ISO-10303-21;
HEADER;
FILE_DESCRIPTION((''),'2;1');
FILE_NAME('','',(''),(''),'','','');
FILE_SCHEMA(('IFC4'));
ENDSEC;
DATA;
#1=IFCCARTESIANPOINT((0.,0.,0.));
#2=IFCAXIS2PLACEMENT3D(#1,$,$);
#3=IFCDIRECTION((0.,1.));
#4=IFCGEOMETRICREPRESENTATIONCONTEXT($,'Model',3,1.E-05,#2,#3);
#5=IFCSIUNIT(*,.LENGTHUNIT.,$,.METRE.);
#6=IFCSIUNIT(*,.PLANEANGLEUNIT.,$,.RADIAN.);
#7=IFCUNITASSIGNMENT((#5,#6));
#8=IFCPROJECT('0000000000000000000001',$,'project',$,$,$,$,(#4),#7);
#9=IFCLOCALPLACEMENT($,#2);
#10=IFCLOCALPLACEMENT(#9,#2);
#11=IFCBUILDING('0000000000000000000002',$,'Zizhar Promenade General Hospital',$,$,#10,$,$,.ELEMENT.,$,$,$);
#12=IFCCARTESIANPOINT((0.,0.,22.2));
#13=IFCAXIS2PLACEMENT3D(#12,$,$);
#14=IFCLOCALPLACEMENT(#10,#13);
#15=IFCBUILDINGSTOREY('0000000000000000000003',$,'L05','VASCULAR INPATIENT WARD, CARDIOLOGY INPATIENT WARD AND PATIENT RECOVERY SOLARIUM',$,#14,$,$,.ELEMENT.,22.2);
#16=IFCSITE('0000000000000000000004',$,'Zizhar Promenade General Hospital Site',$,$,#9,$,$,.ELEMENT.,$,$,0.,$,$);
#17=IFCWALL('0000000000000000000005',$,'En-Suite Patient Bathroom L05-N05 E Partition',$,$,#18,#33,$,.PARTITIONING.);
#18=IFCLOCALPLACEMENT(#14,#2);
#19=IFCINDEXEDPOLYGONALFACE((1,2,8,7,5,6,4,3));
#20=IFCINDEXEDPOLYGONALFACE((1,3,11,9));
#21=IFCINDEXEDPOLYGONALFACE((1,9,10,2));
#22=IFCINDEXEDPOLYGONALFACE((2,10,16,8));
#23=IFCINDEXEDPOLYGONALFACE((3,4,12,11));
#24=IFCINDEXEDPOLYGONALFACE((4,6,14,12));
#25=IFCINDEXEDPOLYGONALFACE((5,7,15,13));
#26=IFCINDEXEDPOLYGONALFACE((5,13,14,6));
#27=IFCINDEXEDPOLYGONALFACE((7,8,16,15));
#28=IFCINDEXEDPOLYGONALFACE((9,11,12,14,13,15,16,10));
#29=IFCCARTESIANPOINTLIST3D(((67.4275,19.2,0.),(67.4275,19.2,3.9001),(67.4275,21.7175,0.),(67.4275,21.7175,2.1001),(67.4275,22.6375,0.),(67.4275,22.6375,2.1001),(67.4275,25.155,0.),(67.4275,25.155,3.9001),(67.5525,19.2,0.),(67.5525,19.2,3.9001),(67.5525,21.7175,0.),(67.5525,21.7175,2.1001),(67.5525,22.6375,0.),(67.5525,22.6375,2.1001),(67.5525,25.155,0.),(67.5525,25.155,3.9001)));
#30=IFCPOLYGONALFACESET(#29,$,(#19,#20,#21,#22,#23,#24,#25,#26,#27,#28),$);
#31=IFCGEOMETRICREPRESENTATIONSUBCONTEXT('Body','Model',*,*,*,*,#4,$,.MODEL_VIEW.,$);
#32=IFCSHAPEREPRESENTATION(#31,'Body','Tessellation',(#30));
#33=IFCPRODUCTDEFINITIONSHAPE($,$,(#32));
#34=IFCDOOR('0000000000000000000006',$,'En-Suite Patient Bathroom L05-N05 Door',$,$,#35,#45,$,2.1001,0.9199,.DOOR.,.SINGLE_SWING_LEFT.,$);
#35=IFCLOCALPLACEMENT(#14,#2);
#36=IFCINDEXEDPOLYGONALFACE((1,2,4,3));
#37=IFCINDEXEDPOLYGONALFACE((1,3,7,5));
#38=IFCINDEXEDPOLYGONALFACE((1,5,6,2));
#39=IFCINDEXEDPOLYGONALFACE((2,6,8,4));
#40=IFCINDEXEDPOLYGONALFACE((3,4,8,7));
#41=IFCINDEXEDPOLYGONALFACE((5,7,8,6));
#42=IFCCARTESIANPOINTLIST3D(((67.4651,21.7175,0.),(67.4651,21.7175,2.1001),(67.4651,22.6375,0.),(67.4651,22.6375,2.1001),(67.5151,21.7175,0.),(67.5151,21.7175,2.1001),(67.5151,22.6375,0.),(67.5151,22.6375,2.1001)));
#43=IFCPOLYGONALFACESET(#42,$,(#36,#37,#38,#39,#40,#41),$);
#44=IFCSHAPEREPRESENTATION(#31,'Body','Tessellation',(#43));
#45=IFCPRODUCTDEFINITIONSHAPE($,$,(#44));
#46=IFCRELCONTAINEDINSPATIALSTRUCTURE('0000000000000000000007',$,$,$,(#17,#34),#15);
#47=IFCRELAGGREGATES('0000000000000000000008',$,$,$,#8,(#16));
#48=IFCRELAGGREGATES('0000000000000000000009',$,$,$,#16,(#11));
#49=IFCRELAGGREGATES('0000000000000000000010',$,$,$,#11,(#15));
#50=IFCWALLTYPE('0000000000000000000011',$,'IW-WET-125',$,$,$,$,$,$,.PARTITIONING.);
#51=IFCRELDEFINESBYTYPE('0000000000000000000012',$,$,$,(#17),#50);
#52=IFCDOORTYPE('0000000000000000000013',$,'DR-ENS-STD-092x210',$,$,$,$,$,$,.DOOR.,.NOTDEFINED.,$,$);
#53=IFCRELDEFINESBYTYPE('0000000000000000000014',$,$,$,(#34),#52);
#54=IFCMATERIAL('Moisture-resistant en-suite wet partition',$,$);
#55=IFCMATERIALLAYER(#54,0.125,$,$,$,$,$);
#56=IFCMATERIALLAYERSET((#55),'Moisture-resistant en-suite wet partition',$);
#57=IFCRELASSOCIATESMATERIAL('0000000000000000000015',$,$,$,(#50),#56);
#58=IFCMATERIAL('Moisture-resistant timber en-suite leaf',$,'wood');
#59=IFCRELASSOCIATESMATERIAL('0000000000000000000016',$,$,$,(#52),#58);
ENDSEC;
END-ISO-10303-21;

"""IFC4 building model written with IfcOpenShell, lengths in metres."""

from ifc_helpers import new_model, si_unit, direction, frame, frame_2d, origin, place, context, subcontext, project, spatial, rectangle, extrude, material, layer, layer_set, type_object, element, fill, save


model = new_model("IFC4")

# Units and contexts
model_context = context("Model", 3, precision=1e-05, world=origin(), true_north=direction((0.0, 1.0)))
body_context = subcontext(model_context, "Body", "Model", "MODEL_VIEW")
ifc_project = project(units=[si_unit("LENGTHUNIT", "METRE"), si_unit("PLANEANGLEUNIT", "RADIAN")], contexts=[model_context])

# Site, building, storey
site_placement = place(None, origin())
site = spatial("IfcSite", under=ifc_project, at=site_placement, Name="Zizhar Promenade General Hospital Site", CompositionType="ELEMENT", RefElevation=0.0)
building_placement = place(site_placement, origin())
building = spatial("IfcBuilding", under=site, at=building_placement, Name="Zizhar Promenade General Hospital", CompositionType="ELEMENT")
storey_placement = place(building_placement, frame((0.0, 0.0, 22.2)))
storey = spatial("IfcBuildingStorey", under=building, at=storey_placement, Name="L05", Description="VASCULAR INPATIENT WARD, CARDIOLOGY INPATIENT WARD AND PATIENT RECOVERY SOLARIUM", CompositionType="ELEMENT", Elevation=22.2)

# Wall, opening, door
ifc_material_1 = material(Name="Moisture-resistant en-suite wet partition")
ifc_layer_1 = layer(ifc_material_1, 0.125)
ifc_layer_set_1 = layer_set([ifc_layer_1], Name="Moisture-resistant en-suite wet partition")
wall_type_1 = type_object("IfcWallType", Name="IW-WET-125", PredefinedType="PARTITIONING", material=ifc_layer_set_1)
wall_1_placement = place(storey_placement, frame((67.49, 19.2, 0.0), z_axis=(0.0, 0.0, 1.0), x_axis=(0.0, 1.0, 0.0)))
wall_1 = element("IfcWall", 1, at=wall_1_placement, inside=storey, type_object=wall_type_1, Name="En-Suite Patient Bathroom L05-N05 E Partition", PredefinedType="PARTITIONING", context=body_context, shape_type="SweptSolid", body=[
    extrude(rectangle(XDim=5.9551, YDim=0.125, at=frame_2d((2.9775, 0.0))), origin(), (0.0, 0.0, 1.0), 3.9001),
])
opening_1_placement = place(wall_1_placement, frame((2.5176, 0.0, 0.0)))
opening_1 = element("IfcOpeningElement", 2, at=opening_1_placement, cuts=wall_1, PredefinedType="OPENING", context=body_context, shape_type="SweptSolid", body=[
    extrude(rectangle(XDim=0.9199, YDim=2.1001, at=frame_2d((0.46, 1.05))), frame((0.0, 0.0725, 0.0), z_axis=(0.0, -1.0, 0.0), x_axis=(1.0, 0.0, 0.0)), (0.0, 0.0, 1.0), 0.145),
])
ifc_material_2 = material(Name="Moisture-resistant timber en-suite leaf", Category="wood")
door_type_1 = type_object("IfcDoorType", Name="DR-ENS-STD-092x210", OperationType="NOTDEFINED", PredefinedType="DOOR", material=ifc_material_2)
door_1_placement = place(opening_1_placement, origin())
door_1 = element("IfcDoor", 3, at=door_1_placement, inside=storey, type_object=door_type_1, Name="En-Suite Patient Bathroom L05-N05 Door", OperationType="SINGLE_SWING_LEFT", OverallHeight=2.1001, OverallWidth=0.9199, PredefinedType="DOOR", context=body_context, shape_type="SweptSolid", body=[
    extrude(rectangle(XDim=0.9199, YDim=2.1001, at=frame_2d((0.46, 1.05))), frame((0.0, 0.0249, 0.0), z_axis=(0.0, -1.0, 0.0), x_axis=(1.0, 0.0, 0.0)), (0.0, 0.0, 1.0), 0.05),
])
fill(opening_1, door_1)

save(model, "model.ifc")
